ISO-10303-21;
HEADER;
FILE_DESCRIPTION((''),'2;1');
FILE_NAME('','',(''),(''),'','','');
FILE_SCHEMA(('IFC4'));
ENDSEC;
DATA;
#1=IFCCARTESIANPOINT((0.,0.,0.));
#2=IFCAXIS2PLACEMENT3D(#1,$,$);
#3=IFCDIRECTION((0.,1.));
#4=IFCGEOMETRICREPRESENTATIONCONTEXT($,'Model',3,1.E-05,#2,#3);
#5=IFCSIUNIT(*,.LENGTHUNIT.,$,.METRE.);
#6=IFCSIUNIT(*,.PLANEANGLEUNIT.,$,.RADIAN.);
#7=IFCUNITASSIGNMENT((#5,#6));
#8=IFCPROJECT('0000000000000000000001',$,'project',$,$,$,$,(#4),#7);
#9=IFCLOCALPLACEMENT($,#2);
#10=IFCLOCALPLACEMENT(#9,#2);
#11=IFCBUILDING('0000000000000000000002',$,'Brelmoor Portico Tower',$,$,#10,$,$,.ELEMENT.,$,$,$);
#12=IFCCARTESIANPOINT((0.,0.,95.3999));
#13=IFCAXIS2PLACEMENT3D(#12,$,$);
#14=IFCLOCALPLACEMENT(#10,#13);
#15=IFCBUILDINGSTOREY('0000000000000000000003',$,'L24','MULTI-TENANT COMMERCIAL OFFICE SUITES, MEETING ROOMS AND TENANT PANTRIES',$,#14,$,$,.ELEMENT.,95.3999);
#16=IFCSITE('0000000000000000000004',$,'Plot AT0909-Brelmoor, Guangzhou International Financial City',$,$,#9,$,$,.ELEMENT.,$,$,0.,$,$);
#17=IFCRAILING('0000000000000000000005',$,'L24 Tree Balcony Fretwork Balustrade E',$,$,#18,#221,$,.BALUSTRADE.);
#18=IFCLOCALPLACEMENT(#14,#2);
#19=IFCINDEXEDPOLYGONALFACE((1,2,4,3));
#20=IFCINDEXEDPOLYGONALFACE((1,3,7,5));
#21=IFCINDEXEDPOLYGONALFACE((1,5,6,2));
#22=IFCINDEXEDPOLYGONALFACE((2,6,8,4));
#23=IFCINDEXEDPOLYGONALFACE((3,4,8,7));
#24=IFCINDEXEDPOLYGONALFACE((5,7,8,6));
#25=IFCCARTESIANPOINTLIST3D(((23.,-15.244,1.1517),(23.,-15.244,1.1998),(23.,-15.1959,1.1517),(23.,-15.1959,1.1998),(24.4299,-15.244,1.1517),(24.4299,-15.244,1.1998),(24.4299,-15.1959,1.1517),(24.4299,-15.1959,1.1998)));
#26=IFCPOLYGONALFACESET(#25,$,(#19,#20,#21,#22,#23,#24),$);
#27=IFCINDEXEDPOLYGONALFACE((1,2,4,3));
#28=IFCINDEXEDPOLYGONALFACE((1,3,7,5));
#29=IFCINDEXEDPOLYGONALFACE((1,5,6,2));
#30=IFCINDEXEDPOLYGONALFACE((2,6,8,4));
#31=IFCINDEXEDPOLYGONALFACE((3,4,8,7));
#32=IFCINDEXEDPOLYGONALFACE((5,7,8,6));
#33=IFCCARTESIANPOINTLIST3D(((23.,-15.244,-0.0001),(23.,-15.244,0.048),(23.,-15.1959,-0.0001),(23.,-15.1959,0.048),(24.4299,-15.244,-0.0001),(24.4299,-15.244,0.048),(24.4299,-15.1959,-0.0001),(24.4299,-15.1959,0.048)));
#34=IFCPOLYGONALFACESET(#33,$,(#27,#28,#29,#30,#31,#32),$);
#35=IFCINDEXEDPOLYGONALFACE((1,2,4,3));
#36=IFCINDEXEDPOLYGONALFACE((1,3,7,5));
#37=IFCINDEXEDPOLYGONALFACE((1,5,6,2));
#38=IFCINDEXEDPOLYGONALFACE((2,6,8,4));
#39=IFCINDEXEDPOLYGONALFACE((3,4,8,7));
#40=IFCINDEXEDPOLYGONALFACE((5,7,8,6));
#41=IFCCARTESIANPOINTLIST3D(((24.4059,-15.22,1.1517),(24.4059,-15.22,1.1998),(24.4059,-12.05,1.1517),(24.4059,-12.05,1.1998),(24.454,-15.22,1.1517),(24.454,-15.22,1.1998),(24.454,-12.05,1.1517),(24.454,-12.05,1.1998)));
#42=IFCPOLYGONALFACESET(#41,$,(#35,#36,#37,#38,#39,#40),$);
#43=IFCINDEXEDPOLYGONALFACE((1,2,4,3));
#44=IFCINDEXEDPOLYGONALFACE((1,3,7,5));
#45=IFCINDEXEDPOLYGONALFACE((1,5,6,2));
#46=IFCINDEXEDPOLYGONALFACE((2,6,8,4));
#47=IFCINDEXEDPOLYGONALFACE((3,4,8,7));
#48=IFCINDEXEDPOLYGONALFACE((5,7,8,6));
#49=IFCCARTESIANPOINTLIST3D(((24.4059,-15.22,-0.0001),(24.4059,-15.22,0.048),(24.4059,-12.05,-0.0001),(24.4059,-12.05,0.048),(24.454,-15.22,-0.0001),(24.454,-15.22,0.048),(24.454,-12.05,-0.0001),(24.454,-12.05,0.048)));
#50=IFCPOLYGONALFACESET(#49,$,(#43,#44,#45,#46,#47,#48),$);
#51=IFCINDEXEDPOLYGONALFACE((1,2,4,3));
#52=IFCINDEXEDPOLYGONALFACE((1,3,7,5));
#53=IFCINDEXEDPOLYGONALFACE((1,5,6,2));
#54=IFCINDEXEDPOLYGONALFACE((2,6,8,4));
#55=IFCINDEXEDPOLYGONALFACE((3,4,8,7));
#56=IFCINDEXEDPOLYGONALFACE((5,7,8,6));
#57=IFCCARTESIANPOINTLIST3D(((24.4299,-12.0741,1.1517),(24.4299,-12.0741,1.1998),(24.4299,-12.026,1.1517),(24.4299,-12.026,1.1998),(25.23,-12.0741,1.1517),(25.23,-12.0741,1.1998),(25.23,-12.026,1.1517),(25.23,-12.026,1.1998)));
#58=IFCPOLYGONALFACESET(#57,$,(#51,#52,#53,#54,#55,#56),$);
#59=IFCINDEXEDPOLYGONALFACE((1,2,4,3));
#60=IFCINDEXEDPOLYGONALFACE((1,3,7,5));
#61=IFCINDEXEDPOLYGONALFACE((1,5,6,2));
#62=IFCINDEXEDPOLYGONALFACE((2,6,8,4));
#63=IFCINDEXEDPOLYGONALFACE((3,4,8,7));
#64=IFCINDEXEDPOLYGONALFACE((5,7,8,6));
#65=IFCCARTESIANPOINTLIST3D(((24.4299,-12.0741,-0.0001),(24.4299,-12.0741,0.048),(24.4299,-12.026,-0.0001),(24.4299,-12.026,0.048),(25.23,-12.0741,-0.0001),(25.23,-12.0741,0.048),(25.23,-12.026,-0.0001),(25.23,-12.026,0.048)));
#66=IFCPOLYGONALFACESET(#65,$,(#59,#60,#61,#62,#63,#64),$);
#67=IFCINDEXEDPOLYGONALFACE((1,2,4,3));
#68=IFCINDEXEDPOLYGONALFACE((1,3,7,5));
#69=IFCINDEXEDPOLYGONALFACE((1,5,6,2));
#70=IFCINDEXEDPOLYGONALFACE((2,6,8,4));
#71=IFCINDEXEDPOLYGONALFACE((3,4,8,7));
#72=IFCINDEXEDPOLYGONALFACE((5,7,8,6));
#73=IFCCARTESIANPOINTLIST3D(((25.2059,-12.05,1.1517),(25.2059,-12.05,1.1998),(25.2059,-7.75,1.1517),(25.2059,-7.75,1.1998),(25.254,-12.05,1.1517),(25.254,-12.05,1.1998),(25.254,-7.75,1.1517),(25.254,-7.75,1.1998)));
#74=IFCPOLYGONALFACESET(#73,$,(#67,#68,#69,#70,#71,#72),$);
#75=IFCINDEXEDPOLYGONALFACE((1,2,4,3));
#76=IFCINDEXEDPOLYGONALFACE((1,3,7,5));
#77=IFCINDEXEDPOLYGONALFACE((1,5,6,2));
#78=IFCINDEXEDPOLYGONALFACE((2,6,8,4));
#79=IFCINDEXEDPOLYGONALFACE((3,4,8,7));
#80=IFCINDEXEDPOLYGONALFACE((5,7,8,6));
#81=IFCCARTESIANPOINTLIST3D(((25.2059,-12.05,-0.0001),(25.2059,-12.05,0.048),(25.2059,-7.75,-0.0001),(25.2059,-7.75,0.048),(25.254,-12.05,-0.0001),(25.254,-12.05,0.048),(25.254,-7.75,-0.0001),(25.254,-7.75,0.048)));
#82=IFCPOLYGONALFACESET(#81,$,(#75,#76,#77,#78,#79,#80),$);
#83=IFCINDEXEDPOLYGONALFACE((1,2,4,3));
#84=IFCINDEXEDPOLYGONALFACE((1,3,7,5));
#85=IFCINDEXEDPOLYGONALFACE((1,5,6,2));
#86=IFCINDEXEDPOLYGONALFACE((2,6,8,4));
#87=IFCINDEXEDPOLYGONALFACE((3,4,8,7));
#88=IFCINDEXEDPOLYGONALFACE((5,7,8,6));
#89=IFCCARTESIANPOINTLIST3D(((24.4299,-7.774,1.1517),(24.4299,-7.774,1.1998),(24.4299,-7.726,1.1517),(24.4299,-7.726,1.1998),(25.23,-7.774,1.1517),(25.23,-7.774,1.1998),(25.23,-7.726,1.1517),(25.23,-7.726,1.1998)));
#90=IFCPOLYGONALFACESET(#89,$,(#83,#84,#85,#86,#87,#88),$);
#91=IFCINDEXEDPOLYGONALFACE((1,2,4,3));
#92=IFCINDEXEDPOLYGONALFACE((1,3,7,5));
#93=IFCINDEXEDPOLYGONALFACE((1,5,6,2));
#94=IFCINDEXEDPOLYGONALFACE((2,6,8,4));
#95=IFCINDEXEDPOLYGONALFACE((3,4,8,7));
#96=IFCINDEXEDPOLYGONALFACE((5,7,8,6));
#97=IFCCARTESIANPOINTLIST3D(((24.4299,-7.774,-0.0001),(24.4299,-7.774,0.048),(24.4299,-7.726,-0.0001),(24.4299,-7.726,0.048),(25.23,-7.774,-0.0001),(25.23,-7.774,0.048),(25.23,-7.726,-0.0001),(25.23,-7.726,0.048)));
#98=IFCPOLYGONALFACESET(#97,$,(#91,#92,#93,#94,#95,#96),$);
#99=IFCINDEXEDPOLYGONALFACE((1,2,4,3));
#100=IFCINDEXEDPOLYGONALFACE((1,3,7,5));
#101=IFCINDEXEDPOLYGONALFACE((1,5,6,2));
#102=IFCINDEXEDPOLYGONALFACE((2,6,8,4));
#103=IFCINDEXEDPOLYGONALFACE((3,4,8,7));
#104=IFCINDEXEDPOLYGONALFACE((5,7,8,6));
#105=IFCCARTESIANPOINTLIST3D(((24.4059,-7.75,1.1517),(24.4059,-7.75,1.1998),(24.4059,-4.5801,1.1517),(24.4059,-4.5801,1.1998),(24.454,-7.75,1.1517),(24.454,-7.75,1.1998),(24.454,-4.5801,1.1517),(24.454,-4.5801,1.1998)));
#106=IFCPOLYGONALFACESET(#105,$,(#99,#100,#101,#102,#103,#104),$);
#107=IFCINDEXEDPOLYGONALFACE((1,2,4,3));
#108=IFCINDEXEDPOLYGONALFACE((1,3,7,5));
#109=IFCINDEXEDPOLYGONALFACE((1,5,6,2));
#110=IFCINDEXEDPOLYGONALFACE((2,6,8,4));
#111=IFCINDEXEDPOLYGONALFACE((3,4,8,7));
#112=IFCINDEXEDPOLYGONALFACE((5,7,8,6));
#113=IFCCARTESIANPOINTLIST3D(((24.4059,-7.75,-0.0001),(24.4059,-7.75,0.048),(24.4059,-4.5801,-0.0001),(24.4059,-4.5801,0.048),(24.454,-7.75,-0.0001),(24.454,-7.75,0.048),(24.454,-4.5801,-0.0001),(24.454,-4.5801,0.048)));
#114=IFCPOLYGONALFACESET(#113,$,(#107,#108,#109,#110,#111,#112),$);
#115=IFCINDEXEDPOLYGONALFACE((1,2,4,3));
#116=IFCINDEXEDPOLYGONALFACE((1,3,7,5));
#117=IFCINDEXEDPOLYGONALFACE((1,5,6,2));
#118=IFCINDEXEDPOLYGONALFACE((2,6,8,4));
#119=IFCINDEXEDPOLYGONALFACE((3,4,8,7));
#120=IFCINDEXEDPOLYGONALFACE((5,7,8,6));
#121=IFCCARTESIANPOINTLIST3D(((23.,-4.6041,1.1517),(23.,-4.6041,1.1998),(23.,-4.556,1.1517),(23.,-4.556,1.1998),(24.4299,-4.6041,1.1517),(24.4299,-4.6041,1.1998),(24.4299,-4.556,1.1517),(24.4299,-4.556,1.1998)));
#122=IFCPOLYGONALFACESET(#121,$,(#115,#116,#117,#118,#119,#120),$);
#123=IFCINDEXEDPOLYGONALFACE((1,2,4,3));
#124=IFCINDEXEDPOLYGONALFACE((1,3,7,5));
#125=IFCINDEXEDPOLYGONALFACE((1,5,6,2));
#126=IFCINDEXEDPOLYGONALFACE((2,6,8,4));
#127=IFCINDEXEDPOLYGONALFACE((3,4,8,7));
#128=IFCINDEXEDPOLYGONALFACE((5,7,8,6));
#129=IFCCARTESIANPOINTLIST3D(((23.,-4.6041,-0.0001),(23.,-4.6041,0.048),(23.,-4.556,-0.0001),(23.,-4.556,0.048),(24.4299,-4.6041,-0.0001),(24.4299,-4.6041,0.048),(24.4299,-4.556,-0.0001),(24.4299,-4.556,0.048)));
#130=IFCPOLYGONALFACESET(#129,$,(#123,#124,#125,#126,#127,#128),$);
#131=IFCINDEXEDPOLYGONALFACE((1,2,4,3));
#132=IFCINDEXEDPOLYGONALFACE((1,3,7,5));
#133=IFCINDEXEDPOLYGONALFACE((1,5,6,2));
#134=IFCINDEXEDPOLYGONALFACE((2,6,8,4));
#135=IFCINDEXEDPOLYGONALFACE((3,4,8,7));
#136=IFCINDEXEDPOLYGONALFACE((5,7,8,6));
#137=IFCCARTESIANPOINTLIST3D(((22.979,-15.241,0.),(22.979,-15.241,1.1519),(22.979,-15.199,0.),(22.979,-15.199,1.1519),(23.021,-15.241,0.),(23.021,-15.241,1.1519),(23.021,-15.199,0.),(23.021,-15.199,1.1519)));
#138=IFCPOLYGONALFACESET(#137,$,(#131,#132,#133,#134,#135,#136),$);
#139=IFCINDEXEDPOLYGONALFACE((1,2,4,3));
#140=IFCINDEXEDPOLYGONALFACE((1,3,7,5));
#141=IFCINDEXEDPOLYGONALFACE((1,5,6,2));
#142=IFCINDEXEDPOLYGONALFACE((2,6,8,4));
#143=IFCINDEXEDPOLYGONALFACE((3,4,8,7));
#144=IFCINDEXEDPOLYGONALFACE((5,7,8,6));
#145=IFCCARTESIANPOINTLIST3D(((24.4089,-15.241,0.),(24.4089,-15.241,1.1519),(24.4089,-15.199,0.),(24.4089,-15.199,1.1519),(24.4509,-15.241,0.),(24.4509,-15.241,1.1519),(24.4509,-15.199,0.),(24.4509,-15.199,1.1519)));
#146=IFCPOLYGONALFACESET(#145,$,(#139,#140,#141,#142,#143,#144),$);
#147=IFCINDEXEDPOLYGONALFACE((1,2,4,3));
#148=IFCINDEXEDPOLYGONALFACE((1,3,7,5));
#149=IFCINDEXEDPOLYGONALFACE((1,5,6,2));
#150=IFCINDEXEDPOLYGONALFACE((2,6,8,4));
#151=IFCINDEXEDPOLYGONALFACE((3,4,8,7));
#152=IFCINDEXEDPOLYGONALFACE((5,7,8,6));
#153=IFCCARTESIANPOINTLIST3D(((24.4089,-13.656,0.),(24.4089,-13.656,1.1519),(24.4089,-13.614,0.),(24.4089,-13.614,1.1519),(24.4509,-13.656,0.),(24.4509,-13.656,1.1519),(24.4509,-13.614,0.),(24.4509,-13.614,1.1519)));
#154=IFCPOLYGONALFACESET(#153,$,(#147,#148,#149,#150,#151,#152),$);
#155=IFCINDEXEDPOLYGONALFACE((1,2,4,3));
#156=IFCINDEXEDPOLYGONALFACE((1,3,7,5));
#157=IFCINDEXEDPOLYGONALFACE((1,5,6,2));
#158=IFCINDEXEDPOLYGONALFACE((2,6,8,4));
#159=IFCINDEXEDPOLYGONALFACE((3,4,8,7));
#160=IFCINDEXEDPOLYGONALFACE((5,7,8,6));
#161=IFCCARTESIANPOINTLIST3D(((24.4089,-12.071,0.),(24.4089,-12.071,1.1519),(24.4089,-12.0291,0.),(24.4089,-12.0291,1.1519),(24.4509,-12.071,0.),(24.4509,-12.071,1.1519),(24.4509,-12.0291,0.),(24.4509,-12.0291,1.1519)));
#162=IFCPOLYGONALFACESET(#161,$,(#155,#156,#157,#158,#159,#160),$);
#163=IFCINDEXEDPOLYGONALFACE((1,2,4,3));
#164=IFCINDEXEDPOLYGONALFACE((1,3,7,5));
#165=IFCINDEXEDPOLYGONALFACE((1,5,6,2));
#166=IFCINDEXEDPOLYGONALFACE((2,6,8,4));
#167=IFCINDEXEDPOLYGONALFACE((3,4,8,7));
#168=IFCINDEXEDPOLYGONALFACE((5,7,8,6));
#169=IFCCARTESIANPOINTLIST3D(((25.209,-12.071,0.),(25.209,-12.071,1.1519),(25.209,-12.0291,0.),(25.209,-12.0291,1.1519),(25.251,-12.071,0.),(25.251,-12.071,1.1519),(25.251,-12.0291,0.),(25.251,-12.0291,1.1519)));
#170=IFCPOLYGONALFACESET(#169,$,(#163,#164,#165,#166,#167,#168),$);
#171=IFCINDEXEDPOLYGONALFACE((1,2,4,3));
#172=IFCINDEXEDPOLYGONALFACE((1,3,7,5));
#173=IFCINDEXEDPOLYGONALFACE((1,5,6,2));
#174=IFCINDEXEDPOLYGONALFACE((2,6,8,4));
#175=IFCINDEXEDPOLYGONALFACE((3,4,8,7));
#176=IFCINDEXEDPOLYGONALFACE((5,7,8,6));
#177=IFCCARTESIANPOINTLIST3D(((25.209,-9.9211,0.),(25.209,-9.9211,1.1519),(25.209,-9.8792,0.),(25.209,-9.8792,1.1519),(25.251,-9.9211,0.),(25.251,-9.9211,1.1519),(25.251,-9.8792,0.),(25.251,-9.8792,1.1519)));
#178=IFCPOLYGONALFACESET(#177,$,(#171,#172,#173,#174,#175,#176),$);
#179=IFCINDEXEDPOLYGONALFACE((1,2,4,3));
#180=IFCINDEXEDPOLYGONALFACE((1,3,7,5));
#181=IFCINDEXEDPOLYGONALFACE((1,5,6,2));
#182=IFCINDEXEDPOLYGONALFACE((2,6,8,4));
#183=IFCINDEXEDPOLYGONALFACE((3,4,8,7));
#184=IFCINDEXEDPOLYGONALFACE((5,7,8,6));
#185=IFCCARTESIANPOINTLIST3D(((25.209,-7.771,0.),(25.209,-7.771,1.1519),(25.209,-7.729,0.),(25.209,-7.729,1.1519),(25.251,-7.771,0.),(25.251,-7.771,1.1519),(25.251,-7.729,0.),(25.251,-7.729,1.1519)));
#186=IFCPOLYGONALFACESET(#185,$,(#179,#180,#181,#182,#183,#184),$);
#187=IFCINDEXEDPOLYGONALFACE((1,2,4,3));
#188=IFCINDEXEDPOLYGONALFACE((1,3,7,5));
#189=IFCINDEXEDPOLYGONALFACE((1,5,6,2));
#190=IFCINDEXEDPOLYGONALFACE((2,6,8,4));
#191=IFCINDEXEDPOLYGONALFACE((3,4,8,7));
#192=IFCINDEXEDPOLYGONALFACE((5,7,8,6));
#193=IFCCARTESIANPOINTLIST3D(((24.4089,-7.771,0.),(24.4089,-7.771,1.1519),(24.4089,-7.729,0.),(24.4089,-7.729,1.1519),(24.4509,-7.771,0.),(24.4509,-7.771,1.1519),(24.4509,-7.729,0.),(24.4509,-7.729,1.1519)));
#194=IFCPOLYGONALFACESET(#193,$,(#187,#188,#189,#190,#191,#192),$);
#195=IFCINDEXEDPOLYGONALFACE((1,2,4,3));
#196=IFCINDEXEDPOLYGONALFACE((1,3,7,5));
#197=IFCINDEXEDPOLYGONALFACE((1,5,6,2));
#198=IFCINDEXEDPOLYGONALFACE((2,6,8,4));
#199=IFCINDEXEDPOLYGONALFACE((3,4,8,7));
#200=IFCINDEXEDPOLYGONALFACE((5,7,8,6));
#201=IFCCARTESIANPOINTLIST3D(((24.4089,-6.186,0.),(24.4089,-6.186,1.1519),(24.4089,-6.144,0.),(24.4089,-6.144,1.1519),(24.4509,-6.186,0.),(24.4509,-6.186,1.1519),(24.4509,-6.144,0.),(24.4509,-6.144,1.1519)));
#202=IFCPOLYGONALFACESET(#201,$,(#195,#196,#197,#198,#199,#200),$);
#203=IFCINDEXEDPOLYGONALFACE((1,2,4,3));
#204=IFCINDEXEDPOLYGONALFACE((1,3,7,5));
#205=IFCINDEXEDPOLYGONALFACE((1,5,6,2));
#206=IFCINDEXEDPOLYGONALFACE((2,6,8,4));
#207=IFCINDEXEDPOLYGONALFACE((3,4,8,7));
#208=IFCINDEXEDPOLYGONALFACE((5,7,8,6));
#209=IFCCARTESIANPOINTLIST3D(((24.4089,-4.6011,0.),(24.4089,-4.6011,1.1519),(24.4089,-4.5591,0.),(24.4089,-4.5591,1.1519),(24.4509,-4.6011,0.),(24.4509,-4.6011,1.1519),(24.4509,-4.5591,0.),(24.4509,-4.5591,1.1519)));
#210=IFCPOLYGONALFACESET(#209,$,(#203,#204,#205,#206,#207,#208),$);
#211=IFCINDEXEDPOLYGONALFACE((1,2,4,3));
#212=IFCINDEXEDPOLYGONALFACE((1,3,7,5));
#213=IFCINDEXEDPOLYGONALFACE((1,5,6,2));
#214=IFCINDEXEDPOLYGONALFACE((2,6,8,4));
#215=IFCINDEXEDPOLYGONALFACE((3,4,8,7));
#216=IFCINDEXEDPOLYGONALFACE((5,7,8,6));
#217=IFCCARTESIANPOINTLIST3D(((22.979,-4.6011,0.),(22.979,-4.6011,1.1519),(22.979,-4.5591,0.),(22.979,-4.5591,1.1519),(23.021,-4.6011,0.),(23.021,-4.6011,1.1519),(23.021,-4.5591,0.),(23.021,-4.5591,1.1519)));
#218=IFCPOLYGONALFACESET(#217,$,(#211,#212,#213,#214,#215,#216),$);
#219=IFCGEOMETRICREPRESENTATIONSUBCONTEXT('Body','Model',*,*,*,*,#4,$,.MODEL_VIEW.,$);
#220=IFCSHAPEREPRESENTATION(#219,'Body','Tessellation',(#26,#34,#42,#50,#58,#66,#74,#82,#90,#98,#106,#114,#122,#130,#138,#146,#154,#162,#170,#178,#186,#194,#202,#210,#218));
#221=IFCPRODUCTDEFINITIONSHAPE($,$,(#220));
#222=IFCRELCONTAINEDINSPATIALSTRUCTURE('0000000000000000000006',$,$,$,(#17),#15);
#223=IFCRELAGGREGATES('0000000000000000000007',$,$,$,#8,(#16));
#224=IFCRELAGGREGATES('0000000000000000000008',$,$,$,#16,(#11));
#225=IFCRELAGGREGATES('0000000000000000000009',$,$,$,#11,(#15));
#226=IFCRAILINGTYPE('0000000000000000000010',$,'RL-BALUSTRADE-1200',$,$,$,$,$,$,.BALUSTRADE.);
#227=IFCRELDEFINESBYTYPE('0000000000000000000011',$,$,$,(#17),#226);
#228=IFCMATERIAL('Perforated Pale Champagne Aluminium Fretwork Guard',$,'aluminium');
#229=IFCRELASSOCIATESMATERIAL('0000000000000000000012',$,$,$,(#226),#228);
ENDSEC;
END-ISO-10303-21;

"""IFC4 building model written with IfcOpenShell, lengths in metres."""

from ifc_helpers import new_model, si_unit, direction, frame, origin, origin_2d, place, context, subcontext, project, spatial, rectangle, extrude, material, type_object, element, save


model = new_model("IFC4")

# Units and contexts
model_context = context("Model", 3, precision=1e-05, world=origin(), true_north=direction((0.0, 1.0)))
body_context = subcontext(model_context, "Body", "Model", "MODEL_VIEW")
ifc_project = project(units=[si_unit("LENGTHUNIT", "METRE"), si_unit("PLANEANGLEUNIT", "RADIAN")], contexts=[model_context])

# Site, building, storey
site_placement = place(None, origin())
site = spatial("IfcSite", under=ifc_project, at=site_placement, Name="Plot AT0909-Brelmoor, Guangzhou International Financial City", CompositionType="ELEMENT", RefElevation=0.0)
building_placement = place(site_placement, origin())
building = spatial("IfcBuilding", under=site, at=building_placement, Name="Brelmoor Portico Tower", CompositionType="ELEMENT")
storey_placement = place(building_placement, frame((0.0, 0.0, 95.3999)))
storey = spatial("IfcBuildingStorey", under=building, at=storey_placement, Name="L24", Description="MULTI-TENANT COMMERCIAL OFFICE SUITES, MEETING ROOMS AND TENANT PANTRIES", CompositionType="ELEMENT", Elevation=95.3999)

# Railing
ifc_material_1 = material(Name="Perforated Pale Champagne Aluminium Fretwork Guard", Category="aluminium")
railing_type = type_object("IfcRailingType", Name="RL-BALUSTRADE-1200", PredefinedType="BALUSTRADE", material=ifc_material_1)
railing_placement = place(storey_placement, frame((23.0, -15.22, 0.0)))
element("IfcRailing", 1, at=railing_placement, inside=storey, type_object=railing_type, Name="L24 Tree Balcony Fretwork Balustrade E", PredefinedType="BALUSTRADE", context=body_context, shape_type="SweptSolid", body=[
    extrude(rectangle(XDim=0.0481, YDim=0.0481, at=origin_2d()), frame((0.0, 0.0, 1.1758), z_axis=(1.0, 0.0, 0.0), x_axis=(0.0, 1.0, 0.0)), (0.0, 0.0, 1.0), 1.4299),
    extrude(rectangle(XDim=0.0481, YDim=0.0481, at=origin_2d()), frame((0.0, 0.0, 0.0239), z_axis=(1.0, 0.0, 0.0), x_axis=(0.0, 1.0, 0.0)), (0.0, 0.0, 1.0), 1.4299),
    extrude(rectangle(XDim=0.0481, YDim=0.0481, at=origin_2d()), frame((1.4299, 0.0, 1.1758), z_axis=(0.0, 1.0, 0.0), x_axis=(-1.0, 0.0, 0.0)), (0.0, 0.0, 1.0), 3.1699),
    extrude(rectangle(XDim=0.0481, YDim=0.0481, at=origin_2d()), frame((1.4299, 0.0, 0.0239), z_axis=(0.0, 1.0, 0.0), x_axis=(-1.0, 0.0, 0.0)), (0.0, 0.0, 1.0), 3.1699),
    extrude(rectangle(XDim=0.0481, YDim=0.0481, at=origin_2d()), frame((1.4299, 3.1699, 1.1758), z_axis=(1.0, 0.0, 0.0), x_axis=(0.0, 1.0, 0.0)), (0.0, 0.0, 1.0), 0.8),
    extrude(rectangle(XDim=0.0481, YDim=0.0481, at=origin_2d()), frame((1.4299, 3.1699, 0.0239), z_axis=(1.0, 0.0, 0.0), x_axis=(0.0, 1.0, 0.0)), (0.0, 0.0, 1.0), 0.8),
    extrude(rectangle(XDim=0.0481, YDim=0.0481, at=origin_2d()), frame((2.23, 3.1699, 1.1758), z_axis=(0.0, 1.0, 0.0), x_axis=(-1.0, 0.0, 0.0)), (0.0, 0.0, 1.0), 4.3),
    extrude(rectangle(XDim=0.0481, YDim=0.0481, at=origin_2d()), frame((2.23, 3.1699, 0.0239), z_axis=(0.0, 1.0, 0.0), x_axis=(-1.0, 0.0, 0.0)), (0.0, 0.0, 1.0), 4.3),
    extrude(rectangle(XDim=0.0481, YDim=0.0481, at=origin_2d()), frame((2.23, 7.47, 1.1758), z_axis=(-1.0, 0.0, 0.0), x_axis=(0.0, -1.0, 0.0)), (0.0, 0.0, 1.0), 0.8),
    extrude(rectangle(XDim=0.0481, YDim=0.0481, at=origin_2d()), frame((2.23, 7.47, 0.0239), z_axis=(-1.0, 0.0, 0.0), x_axis=(0.0, -1.0, 0.0)), (0.0, 0.0, 1.0), 0.8),
    extrude(rectangle(XDim=0.0481, YDim=0.0481, at=origin_2d()), frame((1.4299, 7.47, 1.1758), z_axis=(0.0, 1.0, 0.0), x_axis=(-1.0, 0.0, 0.0)), (0.0, 0.0, 1.0), 3.1699),
    extrude(rectangle(XDim=0.0481, YDim=0.0481, at=origin_2d()), frame((1.4299, 7.47, 0.0239), z_axis=(0.0, 1.0, 0.0), x_axis=(-1.0, 0.0, 0.0)), (0.0, 0.0, 1.0), 3.1699),
    extrude(rectangle(XDim=0.0481, YDim=0.0481, at=origin_2d()), frame((1.4299, 10.6399, 1.1758), z_axis=(-1.0, 0.0, 0.0), x_axis=(0.0, -1.0, 0.0)), (0.0, 0.0, 1.0), 1.4299),
    extrude(rectangle(XDim=0.0481, YDim=0.0481, at=origin_2d()), frame((1.4299, 10.6399, 0.0239), z_axis=(-1.0, 0.0, 0.0), x_axis=(0.0, -1.0, 0.0)), (0.0, 0.0, 1.0), 1.4299),
    extrude(rectangle(XDim=0.042, YDim=0.042, at=origin_2d()), origin(), (0.0, 0.0, 1.0), 1.1519),
    extrude(rectangle(XDim=0.042, YDim=0.042, at=origin_2d()), frame((1.4299, 0.0, 0.0)), (0.0, 0.0, 1.0), 1.1519),
    extrude(rectangle(XDim=0.042, YDim=0.042, at=origin_2d()), frame((1.4299, 1.585, 0.0)), (0.0, 0.0, 1.0), 1.1519),
    extrude(rectangle(XDim=0.042, YDim=0.042, at=origin_2d()), frame((1.4299, 3.1699, 0.0)), (0.0, 0.0, 1.0), 1.1519),
    extrude(rectangle(XDim=0.042, YDim=0.042, at=origin_2d()), frame((2.23, 3.1699, 0.0)), (0.0, 0.0, 1.0), 1.1519),
    extrude(rectangle(XDim=0.042, YDim=0.042, at=origin_2d()), frame((2.23, 5.3198, 0.0)), (0.0, 0.0, 1.0), 1.1519),
    extrude(rectangle(XDim=0.042, YDim=0.042, at=origin_2d()), frame((2.23, 7.47, 0.0)), (0.0, 0.0, 1.0), 1.1519),
    extrude(rectangle(XDim=0.042, YDim=0.042, at=origin_2d()), frame((1.4299, 7.47, 0.0)), (0.0, 0.0, 1.0), 1.1519),
    extrude(rectangle(XDim=0.042, YDim=0.042, at=origin_2d()), frame((1.4299, 9.0549, 0.0)), (0.0, 0.0, 1.0), 1.1519),
    extrude(rectangle(XDim=0.042, YDim=0.042, at=origin_2d()), frame((1.4299, 10.6399, 0.0)), (0.0, 0.0, 1.0), 1.1519),
    extrude(rectangle(XDim=0.042, YDim=0.042, at=origin_2d()), frame((0.0, 10.6399, 0.0)), (0.0, 0.0, 1.0), 1.1519),
])

save(model, "model.ifc")
